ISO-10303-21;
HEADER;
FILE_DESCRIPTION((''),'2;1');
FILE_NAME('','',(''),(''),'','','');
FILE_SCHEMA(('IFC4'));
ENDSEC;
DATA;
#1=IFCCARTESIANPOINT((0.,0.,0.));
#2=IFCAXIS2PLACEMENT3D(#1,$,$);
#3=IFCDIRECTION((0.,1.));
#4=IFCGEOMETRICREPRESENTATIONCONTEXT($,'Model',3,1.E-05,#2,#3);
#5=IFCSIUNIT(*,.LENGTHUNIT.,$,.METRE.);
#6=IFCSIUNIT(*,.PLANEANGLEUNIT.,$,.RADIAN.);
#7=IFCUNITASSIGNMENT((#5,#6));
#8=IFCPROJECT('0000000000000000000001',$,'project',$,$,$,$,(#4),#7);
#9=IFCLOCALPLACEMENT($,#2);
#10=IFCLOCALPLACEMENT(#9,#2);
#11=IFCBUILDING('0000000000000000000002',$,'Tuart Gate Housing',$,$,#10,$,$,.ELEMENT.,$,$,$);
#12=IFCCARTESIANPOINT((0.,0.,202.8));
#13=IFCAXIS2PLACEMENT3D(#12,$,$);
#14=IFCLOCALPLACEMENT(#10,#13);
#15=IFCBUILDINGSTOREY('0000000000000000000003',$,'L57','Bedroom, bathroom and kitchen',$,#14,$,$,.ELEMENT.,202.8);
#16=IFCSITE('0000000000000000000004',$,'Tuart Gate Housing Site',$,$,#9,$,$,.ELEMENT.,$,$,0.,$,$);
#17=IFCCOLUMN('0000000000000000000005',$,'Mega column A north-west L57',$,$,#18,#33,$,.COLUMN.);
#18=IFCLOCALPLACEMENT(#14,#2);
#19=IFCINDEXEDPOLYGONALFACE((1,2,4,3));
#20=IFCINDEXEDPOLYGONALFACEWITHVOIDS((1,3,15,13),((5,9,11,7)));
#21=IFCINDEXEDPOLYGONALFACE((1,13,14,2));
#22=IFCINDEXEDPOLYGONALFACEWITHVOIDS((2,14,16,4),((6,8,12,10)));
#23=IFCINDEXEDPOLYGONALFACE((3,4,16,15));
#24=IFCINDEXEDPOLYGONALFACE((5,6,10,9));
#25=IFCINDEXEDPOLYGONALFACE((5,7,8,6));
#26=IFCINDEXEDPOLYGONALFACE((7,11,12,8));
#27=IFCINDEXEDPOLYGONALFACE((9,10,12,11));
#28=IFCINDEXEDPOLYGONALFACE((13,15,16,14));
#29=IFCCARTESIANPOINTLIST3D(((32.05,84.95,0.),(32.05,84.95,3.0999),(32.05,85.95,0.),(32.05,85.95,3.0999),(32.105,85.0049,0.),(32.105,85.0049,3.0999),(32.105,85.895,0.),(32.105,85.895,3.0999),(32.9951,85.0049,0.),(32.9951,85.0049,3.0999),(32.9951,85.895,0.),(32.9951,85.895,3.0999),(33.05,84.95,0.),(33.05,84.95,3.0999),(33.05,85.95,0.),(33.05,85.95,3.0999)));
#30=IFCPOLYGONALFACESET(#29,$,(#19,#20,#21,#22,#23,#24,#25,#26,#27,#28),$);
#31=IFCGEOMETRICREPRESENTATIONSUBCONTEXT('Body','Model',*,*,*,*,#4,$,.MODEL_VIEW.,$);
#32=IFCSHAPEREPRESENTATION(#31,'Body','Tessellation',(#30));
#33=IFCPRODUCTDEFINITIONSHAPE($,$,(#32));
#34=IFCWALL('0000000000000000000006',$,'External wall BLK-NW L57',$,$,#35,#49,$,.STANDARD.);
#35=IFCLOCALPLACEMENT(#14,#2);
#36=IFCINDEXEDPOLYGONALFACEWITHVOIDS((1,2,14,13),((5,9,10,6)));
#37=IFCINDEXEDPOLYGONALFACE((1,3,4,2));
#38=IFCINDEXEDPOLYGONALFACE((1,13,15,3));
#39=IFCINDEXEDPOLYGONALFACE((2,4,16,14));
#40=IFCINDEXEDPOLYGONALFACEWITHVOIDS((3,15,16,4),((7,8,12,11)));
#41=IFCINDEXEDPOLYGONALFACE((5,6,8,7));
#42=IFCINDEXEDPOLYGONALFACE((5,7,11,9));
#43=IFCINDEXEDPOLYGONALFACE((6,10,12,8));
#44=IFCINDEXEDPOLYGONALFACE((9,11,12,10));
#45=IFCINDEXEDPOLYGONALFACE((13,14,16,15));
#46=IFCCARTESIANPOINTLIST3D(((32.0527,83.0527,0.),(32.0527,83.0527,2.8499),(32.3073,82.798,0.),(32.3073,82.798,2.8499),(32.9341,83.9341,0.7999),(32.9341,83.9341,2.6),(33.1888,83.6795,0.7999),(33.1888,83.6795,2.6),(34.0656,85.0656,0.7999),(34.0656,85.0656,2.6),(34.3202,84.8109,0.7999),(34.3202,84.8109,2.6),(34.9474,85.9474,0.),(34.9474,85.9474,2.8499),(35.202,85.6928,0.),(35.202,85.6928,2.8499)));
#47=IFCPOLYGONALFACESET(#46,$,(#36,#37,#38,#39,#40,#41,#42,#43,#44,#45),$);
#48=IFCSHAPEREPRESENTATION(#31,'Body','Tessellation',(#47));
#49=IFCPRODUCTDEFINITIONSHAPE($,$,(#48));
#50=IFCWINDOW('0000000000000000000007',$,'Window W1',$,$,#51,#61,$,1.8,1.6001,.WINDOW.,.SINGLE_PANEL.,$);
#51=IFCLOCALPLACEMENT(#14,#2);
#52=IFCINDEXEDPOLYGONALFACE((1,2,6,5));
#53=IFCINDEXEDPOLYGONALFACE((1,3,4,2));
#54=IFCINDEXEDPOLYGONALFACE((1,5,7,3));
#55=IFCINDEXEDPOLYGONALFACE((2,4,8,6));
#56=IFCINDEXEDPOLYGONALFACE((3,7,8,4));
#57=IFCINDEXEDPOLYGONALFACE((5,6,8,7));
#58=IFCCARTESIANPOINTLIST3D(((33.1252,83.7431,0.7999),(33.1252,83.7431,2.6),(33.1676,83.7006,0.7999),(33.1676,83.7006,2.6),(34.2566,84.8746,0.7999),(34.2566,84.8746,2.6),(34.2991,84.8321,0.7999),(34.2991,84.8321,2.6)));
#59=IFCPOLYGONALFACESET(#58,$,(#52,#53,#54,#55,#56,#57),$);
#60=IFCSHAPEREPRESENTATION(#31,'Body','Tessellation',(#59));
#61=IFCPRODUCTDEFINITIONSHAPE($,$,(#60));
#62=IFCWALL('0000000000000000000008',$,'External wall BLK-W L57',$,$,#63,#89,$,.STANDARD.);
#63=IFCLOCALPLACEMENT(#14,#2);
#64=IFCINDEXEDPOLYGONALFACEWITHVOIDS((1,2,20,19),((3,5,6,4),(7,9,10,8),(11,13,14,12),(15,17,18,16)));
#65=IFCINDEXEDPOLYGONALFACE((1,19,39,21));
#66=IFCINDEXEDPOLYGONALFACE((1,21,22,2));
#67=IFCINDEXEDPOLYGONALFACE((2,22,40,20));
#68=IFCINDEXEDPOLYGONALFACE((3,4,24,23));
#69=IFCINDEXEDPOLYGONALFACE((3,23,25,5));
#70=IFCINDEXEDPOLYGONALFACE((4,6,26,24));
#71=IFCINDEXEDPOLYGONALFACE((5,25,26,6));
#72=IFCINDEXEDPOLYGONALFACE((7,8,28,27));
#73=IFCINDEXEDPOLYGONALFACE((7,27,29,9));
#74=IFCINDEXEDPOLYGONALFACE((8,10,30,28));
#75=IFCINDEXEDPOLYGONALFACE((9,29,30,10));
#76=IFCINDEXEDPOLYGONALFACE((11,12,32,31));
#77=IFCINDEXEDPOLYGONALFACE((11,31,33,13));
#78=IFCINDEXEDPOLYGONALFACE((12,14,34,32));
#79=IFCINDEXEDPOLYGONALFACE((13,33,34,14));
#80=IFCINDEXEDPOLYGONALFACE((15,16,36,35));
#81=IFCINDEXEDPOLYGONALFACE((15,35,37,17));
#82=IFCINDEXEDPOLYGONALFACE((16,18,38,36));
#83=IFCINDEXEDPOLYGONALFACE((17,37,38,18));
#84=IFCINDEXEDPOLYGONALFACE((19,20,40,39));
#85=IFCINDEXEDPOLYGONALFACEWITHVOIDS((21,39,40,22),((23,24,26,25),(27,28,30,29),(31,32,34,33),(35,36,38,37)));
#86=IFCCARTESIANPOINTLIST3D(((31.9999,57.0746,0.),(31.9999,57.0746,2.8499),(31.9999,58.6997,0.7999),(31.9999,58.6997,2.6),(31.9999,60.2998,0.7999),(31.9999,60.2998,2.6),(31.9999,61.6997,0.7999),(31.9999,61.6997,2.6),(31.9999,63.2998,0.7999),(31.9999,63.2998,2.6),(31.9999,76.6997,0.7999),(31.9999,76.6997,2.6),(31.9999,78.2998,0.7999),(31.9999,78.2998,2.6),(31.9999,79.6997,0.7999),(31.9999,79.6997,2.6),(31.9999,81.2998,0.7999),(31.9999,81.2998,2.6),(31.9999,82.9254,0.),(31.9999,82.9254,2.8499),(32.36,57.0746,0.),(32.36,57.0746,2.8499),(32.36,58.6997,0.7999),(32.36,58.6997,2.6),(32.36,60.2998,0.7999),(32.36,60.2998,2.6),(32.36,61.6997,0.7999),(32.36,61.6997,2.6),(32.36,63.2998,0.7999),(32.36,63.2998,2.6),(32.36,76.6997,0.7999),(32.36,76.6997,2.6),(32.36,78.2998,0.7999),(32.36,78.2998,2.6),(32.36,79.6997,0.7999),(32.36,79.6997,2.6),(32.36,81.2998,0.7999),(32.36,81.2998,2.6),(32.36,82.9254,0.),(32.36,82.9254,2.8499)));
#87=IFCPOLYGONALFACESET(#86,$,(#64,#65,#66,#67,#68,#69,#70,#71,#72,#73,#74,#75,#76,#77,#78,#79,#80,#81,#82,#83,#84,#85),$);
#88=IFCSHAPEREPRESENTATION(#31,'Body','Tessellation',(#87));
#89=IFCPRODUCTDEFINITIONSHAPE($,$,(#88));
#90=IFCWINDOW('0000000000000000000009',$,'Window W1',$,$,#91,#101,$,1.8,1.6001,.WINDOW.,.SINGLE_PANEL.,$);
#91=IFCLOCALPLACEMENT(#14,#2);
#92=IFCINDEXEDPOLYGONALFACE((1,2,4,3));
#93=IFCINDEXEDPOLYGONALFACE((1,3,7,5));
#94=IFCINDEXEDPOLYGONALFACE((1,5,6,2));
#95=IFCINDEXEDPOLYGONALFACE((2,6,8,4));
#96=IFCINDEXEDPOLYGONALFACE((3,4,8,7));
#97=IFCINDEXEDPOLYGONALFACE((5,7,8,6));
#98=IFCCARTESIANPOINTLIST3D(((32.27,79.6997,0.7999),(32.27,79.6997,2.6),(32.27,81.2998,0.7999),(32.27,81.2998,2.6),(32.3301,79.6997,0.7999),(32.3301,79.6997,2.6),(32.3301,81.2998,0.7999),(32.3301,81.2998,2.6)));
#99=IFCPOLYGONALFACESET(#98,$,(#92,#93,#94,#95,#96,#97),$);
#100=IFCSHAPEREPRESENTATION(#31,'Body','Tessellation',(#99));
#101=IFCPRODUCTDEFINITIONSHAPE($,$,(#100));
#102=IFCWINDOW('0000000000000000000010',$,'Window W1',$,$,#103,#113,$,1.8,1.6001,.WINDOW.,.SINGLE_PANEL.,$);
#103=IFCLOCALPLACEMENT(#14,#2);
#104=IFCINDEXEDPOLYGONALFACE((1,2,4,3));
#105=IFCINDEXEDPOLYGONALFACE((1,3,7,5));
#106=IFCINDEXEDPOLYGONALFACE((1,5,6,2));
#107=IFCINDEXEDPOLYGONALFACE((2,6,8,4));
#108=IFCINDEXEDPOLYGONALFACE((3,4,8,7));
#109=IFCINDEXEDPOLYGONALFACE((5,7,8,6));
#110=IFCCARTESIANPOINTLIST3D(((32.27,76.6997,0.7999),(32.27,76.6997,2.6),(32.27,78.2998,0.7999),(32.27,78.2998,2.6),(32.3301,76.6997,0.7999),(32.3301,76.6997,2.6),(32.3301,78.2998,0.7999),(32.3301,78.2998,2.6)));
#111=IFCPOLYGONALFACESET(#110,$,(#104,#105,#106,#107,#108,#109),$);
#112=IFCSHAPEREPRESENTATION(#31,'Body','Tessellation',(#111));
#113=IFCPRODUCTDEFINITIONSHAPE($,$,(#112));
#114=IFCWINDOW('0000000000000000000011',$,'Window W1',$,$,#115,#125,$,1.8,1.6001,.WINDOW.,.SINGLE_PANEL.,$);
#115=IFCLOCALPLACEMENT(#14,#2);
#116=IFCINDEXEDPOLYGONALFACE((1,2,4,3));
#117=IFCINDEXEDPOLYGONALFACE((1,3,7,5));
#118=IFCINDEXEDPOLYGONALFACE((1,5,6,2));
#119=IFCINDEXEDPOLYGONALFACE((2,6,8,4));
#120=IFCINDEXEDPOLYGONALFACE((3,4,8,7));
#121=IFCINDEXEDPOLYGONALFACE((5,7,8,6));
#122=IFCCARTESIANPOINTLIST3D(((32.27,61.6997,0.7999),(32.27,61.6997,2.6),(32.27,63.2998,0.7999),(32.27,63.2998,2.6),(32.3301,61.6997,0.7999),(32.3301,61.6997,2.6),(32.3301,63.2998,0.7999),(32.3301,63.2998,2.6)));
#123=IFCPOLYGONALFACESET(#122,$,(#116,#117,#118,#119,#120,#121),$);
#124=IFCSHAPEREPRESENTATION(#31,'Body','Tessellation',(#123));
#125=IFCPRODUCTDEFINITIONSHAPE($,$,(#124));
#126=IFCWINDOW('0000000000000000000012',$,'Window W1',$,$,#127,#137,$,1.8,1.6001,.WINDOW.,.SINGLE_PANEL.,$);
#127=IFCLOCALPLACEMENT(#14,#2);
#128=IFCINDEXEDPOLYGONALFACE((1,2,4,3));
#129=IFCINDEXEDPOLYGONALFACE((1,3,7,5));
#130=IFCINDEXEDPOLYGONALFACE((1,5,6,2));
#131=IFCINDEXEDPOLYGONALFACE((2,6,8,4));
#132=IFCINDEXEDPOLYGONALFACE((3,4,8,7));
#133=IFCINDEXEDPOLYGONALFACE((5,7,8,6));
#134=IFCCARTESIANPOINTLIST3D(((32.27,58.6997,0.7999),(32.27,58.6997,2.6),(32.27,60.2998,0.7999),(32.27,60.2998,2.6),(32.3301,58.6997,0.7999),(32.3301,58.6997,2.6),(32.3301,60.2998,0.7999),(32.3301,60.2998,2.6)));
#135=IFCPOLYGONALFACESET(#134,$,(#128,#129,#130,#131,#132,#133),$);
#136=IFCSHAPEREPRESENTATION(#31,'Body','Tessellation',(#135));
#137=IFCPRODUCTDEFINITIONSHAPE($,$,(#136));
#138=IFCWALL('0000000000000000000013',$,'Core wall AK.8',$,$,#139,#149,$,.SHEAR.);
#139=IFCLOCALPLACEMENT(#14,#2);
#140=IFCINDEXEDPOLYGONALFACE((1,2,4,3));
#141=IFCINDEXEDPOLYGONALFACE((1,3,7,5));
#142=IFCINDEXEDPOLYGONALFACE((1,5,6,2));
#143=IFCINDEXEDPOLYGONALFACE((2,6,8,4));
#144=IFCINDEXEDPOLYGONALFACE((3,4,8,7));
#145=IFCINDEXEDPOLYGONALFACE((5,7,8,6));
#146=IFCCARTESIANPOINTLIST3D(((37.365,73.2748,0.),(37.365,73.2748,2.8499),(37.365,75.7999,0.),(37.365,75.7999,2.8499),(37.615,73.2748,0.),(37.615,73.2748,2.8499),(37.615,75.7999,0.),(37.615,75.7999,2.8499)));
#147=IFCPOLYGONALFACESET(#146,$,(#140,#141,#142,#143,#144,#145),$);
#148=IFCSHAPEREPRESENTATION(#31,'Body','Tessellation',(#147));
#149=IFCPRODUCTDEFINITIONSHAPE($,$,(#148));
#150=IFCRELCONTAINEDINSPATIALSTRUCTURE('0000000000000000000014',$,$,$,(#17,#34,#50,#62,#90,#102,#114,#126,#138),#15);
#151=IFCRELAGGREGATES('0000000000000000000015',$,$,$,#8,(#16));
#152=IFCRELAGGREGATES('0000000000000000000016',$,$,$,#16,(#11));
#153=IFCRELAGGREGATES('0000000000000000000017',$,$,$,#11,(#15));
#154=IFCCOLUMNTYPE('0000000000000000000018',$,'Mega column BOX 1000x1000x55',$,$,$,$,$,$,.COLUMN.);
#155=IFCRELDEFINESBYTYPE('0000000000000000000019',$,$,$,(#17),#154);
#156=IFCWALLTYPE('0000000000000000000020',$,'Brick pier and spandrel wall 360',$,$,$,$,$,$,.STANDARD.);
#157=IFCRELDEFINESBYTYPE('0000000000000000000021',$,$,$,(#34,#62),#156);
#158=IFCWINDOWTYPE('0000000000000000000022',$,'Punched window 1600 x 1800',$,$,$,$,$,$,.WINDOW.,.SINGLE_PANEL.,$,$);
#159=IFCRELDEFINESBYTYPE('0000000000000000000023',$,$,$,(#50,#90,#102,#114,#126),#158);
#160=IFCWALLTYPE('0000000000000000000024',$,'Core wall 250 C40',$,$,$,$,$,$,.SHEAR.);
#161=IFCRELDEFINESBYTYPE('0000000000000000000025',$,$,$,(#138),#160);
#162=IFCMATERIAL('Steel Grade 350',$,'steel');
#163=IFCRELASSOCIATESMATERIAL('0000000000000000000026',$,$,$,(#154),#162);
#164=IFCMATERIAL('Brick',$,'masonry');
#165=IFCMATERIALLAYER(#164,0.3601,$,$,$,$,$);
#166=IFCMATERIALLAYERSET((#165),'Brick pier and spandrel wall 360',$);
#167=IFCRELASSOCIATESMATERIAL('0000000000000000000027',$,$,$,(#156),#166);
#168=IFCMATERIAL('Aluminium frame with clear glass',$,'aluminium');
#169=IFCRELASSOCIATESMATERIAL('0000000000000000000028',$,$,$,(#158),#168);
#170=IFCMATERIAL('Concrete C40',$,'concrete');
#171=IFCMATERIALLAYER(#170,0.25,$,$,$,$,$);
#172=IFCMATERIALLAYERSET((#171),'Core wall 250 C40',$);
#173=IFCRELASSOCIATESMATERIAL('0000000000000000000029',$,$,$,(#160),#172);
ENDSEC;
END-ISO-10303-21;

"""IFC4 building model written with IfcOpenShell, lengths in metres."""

from ifc_helpers import new_model, si_unit, direction, frame, frame_2d, origin, origin_2d, place, context, subcontext, project, spatial, rectangle, hollow_rectangle, extrude, material, layer, layer_set, material_profile, profile_set, type_object, element, fill, save


model = new_model("IFC4")

# Units and contexts
model_context = context("Model", 3, precision=1e-05, world=origin(), true_north=direction((0.0, 1.0)))
body_context = subcontext(model_context, "Body", "Model", "MODEL_VIEW")
ifc_project = project(units=[si_unit("LENGTHUNIT", "METRE"), si_unit("PLANEANGLEUNIT", "RADIAN")], contexts=[model_context])

# Site, building, storey
site_placement = place(None, origin())
site = spatial("IfcSite", under=ifc_project, at=site_placement, Name="Tuart Gate Housing Site", CompositionType="ELEMENT", RefElevation=0.0)
building_placement = place(site_placement, origin())
building = spatial("IfcBuilding", under=site, at=building_placement, Name="Tuart Gate Housing", CompositionType="ELEMENT")
storey_placement = place(building_placement, frame((0.0, 0.0, 202.8)))
storey = spatial("IfcBuildingStorey", under=building, at=storey_placement, Name="L57", Description="Bedroom, bathroom and kitchen", CompositionType="ELEMENT", Elevation=202.8)

# Column
ifc_material_1 = material(Name="Steel Grade 350", Category="steel")
ifc_material_profile = material_profile(ifc_material_1, hollow_rectangle(XDim=1.0, YDim=1.0, WallThickness=0.0549, at=origin_2d()), Name="BOX 1000x1000x55")
ifc_profile_set = profile_set([ifc_material_profile], Name="Steel Grade 350")
column_type = type_object("IfcColumnType", Name="Mega column BOX 1000x1000x55", PredefinedType="COLUMN", material=ifc_profile_set)
column_placement = place(storey_placement, frame((32.55, 85.45, 0.0), z_axis=(0.0, 0.0, 1.0), x_axis=(1.0, 0.0, 0.0)))
element("IfcColumn", 1, at=column_placement, inside=storey, type_object=column_type, Name="Mega column A north-west L57", PredefinedType="COLUMN", context=body_context, shape_type="SweptSolid", body=[
    extrude(hollow_rectangle(XDim=1.0, YDim=1.0, WallThickness=0.0549, at=origin_2d()), origin(), (0.0, 0.0, 1.0), 3.0999),
])

# Wall, opening, window
ifc_material_2 = material(Name="Brick", Category="masonry")
ifc_layer_1 = layer(ifc_material_2, 0.3601)
ifc_layer_set_1 = layer_set([ifc_layer_1], Name="Brick pier and spandrel wall 360")
wall_type_1 = type_object("IfcWallType", Name="Brick pier and spandrel wall 360", PredefinedType="STANDARD", material=ifc_layer_set_1)
wall_1_placement = place(storey_placement, frame((35.0747, 85.8201, 0.0), z_axis=(0.0, 0.0, 1.0), x_axis=(-0.707107, -0.707107, 0.0)))
wall_1 = element("IfcWall", 2, at=wall_1_placement, inside=storey, type_object=wall_type_1, Name="External wall BLK-NW L57", PredefinedType="STANDARD", context=body_context, shape_type="SweptSolid", body=[
    extrude(rectangle(XDim=4.0938, YDim=0.3601, at=frame_2d((2.0469, 0.0))), origin(), (0.0, 0.0, 1.0), 2.8499),
])
opening_1_placement = place(wall_1_placement, frame((1.2471, 0.0, 0.8)))
opening_1 = element("IfcOpeningElement", 3, at=opening_1_placement, cuts=wall_1, PredefinedType="OPENING", context=body_context, shape_type="SweptSolid", body=[
    extrude(rectangle(XDim=1.6001, YDim=1.8, at=frame_2d((0.8, 0.8999))), frame((0.0, 0.1899, 0.0), z_axis=(0.0, -1.0, 0.0), x_axis=(1.0, 0.0, 0.0)), (0.0, 0.0, 1.0), 0.3801),
])
ifc_material_3 = material(Name="Aluminium frame with clear glass", Category="aluminium")
window_type = type_object("IfcWindowType", Name="Punched window 1600 x 1800", PartitioningType="SINGLE_PANEL", PredefinedType="WINDOW", material=ifc_material_3)
window_1_placement = place(opening_1_placement, origin())
window_1 = element("IfcWindow", 4, at=window_1_placement, inside=storey, type_object=window_type, Name="Window W1", OverallHeight=1.8, OverallWidth=1.6001, PartitioningType="SINGLE_PANEL", PredefinedType="WINDOW", context=body_context, shape_type="SweptSolid", body=[
    extrude(rectangle(XDim=1.6001, YDim=1.8, at=frame_2d((0.8, 0.8999))), frame((0.0, 0.1501, 0.0), z_axis=(0.0, -1.0, 0.0), x_axis=(1.0, 0.0, 0.0)), (0.0, 0.0, 1.0), 0.0601),
])
fill(opening_1, window_1)

# Wall, openings, windows
wall_2_placement = place(storey_placement, frame((32.1799, 82.9253, 0.0), z_axis=(0.0, 0.0, 1.0), x_axis=(0.0, -1.0, 0.0)))
wall_2 = element("IfcWall", 5, at=wall_2_placement, inside=storey, type_object=wall_type_1, Name="External wall BLK-W L57", PredefinedType="STANDARD", context=body_context, shape_type="SweptSolid", body=[
    extrude(rectangle(XDim=25.8508, YDim=0.3601, at=frame_2d((12.9253, 0.0))), origin(), (0.0, 0.0, 1.0), 2.8499),
])
opening_2_placement = place(wall_2_placement, frame((1.6255, 0.0, 0.8)))
opening_2 = element("IfcOpeningElement", 6, at=opening_2_placement, cuts=wall_2, PredefinedType="OPENING", context=body_context, shape_type="SweptSolid", body=[
    extrude(rectangle(XDim=1.6001, YDim=1.8, at=frame_2d((0.8, 0.8999))), frame((0.0, 0.1899, 0.0), z_axis=(0.0, -1.0, 0.0), x_axis=(1.0, 0.0, 0.0)), (0.0, 0.0, 1.0), 0.3801),
])
opening_3_placement = place(wall_2_placement, frame((4.6255, 0.0, 0.8)))
opening_3 = element("IfcOpeningElement", 7, at=opening_3_placement, cuts=wall_2, PredefinedType="OPENING", context=body_context, shape_type="SweptSolid", body=[
    extrude(rectangle(XDim=1.6001, YDim=1.8, at=frame_2d((0.8, 0.8999))), frame((0.0, 0.1899, 0.0), z_axis=(0.0, -1.0, 0.0), x_axis=(1.0, 0.0, 0.0)), (0.0, 0.0, 1.0), 0.3801),
])
opening_4_placement = place(wall_2_placement, frame((19.6255, 0.0, 0.8)))
opening_4 = element("IfcOpeningElement", 8, at=opening_4_placement, cuts=wall_2, PredefinedType="OPENING", context=body_context, shape_type="SweptSolid", body=[
    extrude(rectangle(XDim=1.6001, YDim=1.8, at=frame_2d((0.8, 0.8999))), frame((0.0, 0.1899, 0.0), z_axis=(0.0, -1.0, 0.0), x_axis=(1.0, 0.0, 0.0)), (0.0, 0.0, 1.0), 0.3801),
])
opening_5_placement = place(wall_2_placement, frame((22.6255, 0.0, 0.8)))
opening_5 = element("IfcOpeningElement", 9, at=opening_5_placement, cuts=wall_2, PredefinedType="OPENING", context=body_context, shape_type="SweptSolid", body=[
    extrude(rectangle(XDim=1.6001, YDim=1.8, at=frame_2d((0.8, 0.8999))), frame((0.0, 0.1899, 0.0), z_axis=(0.0, -1.0, 0.0), x_axis=(1.0, 0.0, 0.0)), (0.0, 0.0, 1.0), 0.3801),
])
window_2_placement = place(opening_2_placement, origin())
window_2 = element("IfcWindow", 10, at=window_2_placement, inside=storey, type_object=window_type, Name="Window W1", OverallHeight=1.8, OverallWidth=1.6001, PartitioningType="SINGLE_PANEL", PredefinedType="WINDOW", context=body_context, shape_type="SweptSolid", body=[
    extrude(rectangle(XDim=1.6001, YDim=1.8, at=frame_2d((0.8, 0.8999))), frame((0.0, 0.1501, 0.0), z_axis=(0.0, -1.0, 0.0), x_axis=(1.0, 0.0, 0.0)), (0.0, 0.0, 1.0), 0.0601),
])
fill(opening_2, window_2)
window_3_placement = place(opening_3_placement, origin())
window_3 = element("IfcWindow", 11, at=window_3_placement, inside=storey, type_object=window_type, Name="Window W1", OverallHeight=1.8, OverallWidth=1.6001, PartitioningType="SINGLE_PANEL", PredefinedType="WINDOW", context=body_context, shape_type="SweptSolid", body=[
    extrude(rectangle(XDim=1.6001, YDim=1.8, at=frame_2d((0.8, 0.8999))), frame((0.0, 0.1501, 0.0), z_axis=(0.0, -1.0, 0.0), x_axis=(1.0, 0.0, 0.0)), (0.0, 0.0, 1.0), 0.0601),
])
fill(opening_3, window_3)
window_4_placement = place(opening_4_placement, origin())
window_4 = element("IfcWindow", 12, at=window_4_placement, inside=storey, type_object=window_type, Name="Window W1", OverallHeight=1.8, OverallWidth=1.6001, PartitioningType="SINGLE_PANEL", PredefinedType="WINDOW", context=body_context, shape_type="SweptSolid", body=[
    extrude(rectangle(XDim=1.6001, YDim=1.8, at=frame_2d((0.8, 0.8999))), frame((0.0, 0.1501, 0.0), z_axis=(0.0, -1.0, 0.0), x_axis=(1.0, 0.0, 0.0)), (0.0, 0.0, 1.0), 0.0601),
])
fill(opening_4, window_4)
window_5_placement = place(opening_5_placement, origin())
window_5 = element("IfcWindow", 13, at=window_5_placement, inside=storey, type_object=window_type, Name="Window W1", OverallHeight=1.8, OverallWidth=1.6001, PartitioningType="SINGLE_PANEL", PredefinedType="WINDOW", context=body_context, shape_type="SweptSolid", body=[
    extrude(rectangle(XDim=1.6001, YDim=1.8, at=frame_2d((0.8, 0.8999))), frame((0.0, 0.1501, 0.0), z_axis=(0.0, -1.0, 0.0), x_axis=(1.0, 0.0, 0.0)), (0.0, 0.0, 1.0), 0.0601),
])
fill(opening_5, window_5)

# Wall
ifc_material_4 = material(Name="Concrete C40", Category="concrete")
ifc_layer_2 = layer(ifc_material_4, 0.25)
ifc_layer_set_2 = layer_set([ifc_layer_2], Name="Core wall 250 C40")
wall_type_2 = type_object("IfcWallType", Name="Core wall 250 C40", PredefinedType="SHEAR", material=ifc_layer_set_2)
wall_3_placement = place(storey_placement, frame((37.49, 75.8, 0.0), z_axis=(0.0, 0.0, 1.0), x_axis=(0.0, -1.0, 0.0)))
element("IfcWall", 14, at=wall_3_placement, inside=storey, type_object=wall_type_2, Name="Core wall AK.8", PredefinedType="SHEAR", context=body_context, shape_type="SweptSolid", body=[
    extrude(rectangle(XDim=2.5251, YDim=0.25, at=frame_2d((1.2627, 0.0))), origin(), (0.0, 0.0, 1.0), 2.8499),
])

save(model, "model.ifc")
